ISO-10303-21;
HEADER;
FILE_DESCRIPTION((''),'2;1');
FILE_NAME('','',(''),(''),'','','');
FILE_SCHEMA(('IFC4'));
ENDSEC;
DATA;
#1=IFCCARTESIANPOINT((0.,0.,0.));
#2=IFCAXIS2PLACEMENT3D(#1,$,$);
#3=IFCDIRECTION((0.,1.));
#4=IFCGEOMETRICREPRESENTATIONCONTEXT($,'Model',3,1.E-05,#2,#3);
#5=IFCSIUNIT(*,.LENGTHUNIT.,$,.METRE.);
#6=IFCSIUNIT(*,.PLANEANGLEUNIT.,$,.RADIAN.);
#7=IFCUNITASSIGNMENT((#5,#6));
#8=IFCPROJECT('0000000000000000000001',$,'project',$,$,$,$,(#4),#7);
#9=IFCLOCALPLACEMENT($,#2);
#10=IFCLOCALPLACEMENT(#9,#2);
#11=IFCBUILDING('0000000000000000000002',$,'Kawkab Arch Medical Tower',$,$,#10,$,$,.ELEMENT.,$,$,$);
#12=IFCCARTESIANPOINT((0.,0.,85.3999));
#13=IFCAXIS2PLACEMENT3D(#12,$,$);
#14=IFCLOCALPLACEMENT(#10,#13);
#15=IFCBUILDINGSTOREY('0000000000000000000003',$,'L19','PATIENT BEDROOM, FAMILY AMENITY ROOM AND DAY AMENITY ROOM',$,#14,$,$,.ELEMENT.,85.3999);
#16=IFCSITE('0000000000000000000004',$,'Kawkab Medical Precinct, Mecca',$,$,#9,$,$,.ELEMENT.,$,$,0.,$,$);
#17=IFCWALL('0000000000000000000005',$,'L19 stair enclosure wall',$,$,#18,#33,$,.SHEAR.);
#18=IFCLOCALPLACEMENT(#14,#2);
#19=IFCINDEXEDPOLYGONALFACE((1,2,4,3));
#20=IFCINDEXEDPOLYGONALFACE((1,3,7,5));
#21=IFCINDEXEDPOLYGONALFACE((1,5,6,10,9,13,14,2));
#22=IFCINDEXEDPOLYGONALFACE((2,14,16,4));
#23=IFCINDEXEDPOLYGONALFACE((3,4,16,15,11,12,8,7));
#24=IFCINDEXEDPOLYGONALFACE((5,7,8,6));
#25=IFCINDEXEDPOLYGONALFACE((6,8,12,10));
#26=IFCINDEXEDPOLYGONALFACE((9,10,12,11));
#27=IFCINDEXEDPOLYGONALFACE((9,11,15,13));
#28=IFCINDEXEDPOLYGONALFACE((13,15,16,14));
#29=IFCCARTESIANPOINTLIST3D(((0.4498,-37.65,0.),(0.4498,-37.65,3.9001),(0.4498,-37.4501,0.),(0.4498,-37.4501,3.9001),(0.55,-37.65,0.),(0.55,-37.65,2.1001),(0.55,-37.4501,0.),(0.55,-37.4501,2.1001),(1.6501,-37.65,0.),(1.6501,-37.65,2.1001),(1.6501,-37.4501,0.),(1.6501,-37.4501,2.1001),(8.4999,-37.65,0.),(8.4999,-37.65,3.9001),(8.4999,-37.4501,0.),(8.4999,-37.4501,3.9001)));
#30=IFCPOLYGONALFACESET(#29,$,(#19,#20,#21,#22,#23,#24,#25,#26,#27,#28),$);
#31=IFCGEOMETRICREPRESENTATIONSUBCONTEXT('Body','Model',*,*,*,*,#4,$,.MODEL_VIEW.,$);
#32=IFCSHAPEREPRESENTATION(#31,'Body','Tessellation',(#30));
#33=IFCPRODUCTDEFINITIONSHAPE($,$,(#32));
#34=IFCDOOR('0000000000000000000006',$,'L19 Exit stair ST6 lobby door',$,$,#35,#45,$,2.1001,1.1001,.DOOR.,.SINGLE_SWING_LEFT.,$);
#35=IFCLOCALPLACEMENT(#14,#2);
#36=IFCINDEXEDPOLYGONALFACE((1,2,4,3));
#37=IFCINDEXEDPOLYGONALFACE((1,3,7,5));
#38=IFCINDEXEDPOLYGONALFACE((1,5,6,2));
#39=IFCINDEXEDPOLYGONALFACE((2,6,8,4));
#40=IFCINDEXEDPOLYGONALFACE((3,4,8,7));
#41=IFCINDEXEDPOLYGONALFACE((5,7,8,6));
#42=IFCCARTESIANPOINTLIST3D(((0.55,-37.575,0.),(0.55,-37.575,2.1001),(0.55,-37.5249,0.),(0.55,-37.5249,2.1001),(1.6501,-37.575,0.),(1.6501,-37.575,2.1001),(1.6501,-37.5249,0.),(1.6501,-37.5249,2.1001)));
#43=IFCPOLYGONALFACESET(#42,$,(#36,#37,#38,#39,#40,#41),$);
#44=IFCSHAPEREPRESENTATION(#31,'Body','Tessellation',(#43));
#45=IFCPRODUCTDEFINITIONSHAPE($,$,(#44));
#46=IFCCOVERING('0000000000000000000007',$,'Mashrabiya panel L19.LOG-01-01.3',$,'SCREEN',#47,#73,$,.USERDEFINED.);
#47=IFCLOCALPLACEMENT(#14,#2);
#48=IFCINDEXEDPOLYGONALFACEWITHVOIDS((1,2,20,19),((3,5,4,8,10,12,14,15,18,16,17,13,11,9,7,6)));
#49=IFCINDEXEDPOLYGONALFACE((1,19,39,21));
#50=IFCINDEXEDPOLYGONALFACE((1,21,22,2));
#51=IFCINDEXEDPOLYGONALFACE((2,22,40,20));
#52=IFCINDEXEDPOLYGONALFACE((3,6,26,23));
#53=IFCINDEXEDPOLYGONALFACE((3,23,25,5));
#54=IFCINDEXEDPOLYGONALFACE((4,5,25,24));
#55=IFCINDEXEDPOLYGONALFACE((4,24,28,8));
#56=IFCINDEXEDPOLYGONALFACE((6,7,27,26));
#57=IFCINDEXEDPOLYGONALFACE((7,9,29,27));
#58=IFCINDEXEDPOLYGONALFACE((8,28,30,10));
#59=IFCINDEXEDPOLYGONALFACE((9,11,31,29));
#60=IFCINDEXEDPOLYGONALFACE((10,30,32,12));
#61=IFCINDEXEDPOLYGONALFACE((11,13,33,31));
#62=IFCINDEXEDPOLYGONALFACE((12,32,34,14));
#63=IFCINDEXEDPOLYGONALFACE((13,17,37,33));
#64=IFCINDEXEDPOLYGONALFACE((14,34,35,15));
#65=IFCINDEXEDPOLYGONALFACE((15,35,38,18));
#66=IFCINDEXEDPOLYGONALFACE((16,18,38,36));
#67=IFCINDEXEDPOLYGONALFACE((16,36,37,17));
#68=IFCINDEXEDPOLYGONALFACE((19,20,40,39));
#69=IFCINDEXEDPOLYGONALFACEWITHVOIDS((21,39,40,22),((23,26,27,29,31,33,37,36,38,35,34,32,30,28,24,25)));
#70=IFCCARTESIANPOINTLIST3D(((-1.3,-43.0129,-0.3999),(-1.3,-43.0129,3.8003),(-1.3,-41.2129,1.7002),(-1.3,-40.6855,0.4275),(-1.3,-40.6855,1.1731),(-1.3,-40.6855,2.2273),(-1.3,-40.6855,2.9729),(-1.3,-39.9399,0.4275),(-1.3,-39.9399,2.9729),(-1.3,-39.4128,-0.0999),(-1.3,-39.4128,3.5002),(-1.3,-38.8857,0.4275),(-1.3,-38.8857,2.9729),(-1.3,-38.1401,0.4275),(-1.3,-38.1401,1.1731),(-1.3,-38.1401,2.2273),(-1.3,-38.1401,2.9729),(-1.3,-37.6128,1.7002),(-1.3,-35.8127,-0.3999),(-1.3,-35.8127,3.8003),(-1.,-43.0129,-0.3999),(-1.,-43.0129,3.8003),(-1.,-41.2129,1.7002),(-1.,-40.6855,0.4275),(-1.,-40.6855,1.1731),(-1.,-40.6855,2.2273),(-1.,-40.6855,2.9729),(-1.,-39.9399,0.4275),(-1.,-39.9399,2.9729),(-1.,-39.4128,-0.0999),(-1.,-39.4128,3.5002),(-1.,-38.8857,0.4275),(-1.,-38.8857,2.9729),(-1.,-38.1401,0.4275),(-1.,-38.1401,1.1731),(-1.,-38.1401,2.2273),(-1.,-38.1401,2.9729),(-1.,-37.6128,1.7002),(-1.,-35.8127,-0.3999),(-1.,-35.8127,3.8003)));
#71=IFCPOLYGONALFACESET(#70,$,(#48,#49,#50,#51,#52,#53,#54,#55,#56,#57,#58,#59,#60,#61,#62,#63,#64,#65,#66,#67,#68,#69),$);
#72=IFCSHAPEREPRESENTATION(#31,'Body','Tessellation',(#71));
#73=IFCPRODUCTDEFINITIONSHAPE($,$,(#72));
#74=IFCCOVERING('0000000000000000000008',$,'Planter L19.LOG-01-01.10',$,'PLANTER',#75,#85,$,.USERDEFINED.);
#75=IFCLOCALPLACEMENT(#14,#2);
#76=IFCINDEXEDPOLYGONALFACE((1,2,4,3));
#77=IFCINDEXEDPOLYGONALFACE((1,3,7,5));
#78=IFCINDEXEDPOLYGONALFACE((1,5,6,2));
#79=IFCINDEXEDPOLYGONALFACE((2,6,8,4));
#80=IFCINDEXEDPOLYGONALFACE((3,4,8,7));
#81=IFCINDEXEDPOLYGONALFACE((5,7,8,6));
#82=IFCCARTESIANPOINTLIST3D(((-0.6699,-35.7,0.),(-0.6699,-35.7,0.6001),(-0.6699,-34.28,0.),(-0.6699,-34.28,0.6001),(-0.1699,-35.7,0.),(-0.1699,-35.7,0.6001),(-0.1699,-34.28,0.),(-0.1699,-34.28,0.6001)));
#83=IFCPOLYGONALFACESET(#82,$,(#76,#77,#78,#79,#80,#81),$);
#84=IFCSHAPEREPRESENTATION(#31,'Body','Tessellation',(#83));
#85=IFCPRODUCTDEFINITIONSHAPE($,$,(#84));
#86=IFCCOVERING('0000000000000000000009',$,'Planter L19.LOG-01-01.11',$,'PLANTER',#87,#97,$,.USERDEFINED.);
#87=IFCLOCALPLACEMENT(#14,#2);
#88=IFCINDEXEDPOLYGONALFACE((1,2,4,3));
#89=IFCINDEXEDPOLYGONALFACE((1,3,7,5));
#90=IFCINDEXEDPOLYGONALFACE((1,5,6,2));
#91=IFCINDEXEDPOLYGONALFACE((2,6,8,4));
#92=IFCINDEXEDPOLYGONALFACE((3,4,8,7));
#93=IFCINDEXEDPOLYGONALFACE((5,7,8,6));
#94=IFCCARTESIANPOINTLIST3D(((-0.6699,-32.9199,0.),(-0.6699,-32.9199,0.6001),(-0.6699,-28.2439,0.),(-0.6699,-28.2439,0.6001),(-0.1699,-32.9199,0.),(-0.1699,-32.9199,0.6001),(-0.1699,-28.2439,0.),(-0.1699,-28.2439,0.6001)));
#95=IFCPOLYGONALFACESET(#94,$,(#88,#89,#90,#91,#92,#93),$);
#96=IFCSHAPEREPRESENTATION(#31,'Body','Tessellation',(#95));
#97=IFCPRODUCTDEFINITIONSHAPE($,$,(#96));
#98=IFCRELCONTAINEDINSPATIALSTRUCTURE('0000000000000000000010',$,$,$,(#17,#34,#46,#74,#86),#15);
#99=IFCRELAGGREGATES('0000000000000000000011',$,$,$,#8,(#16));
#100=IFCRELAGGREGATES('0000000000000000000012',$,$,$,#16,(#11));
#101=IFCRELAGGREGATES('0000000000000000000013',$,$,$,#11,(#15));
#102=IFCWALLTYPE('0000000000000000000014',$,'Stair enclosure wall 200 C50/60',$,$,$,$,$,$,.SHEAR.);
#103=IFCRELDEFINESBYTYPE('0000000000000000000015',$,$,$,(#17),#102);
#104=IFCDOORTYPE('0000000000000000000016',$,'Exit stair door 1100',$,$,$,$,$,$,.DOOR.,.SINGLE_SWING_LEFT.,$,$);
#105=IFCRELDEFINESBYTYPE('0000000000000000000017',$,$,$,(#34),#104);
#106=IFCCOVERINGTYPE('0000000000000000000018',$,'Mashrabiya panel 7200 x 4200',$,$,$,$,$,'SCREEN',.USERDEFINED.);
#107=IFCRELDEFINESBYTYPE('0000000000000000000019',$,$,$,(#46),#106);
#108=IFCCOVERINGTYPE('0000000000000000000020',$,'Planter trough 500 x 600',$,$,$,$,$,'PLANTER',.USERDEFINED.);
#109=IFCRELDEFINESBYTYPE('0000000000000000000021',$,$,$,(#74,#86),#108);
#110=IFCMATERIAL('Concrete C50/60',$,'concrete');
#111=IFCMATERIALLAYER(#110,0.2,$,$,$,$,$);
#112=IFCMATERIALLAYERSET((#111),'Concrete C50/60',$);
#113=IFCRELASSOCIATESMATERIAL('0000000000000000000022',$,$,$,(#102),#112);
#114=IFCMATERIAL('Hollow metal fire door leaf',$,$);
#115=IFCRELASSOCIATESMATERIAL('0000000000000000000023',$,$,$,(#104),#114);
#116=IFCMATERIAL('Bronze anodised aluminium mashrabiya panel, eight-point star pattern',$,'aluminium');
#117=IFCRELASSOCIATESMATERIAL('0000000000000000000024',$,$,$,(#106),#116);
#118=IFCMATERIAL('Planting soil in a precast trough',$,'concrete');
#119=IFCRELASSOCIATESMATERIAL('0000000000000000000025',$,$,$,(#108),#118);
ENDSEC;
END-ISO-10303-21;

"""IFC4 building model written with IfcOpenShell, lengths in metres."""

from ifc_helpers import new_model, si_unit, direction, frame, frame_2d, origin, origin_2d, place, context, subcontext, project, spatial, polyline, rectangle, outline, extrude, material, layer, layer_set, material_profile, profile_set, type_object, element, fill, save


model = new_model("IFC4")

# Units and contexts
model_context = context("Model", 3, precision=1e-05, world=origin(), true_north=direction((0.0, 1.0)))
body_context = subcontext(model_context, "Body", "Model", "MODEL_VIEW")
ifc_project = project(units=[si_unit("LENGTHUNIT", "METRE"), si_unit("PLANEANGLEUNIT", "RADIAN")], contexts=[model_context])

# Site, building, storey
site_placement = place(None, origin())
site = spatial("IfcSite", under=ifc_project, at=site_placement, Name="Kawkab Medical Precinct, Mecca", CompositionType="ELEMENT", RefElevation=0.0)
building_placement = place(site_placement, origin())
building = spatial("IfcBuilding", under=site, at=building_placement, Name="Kawkab Arch Medical Tower", CompositionType="ELEMENT")
storey_placement = place(building_placement, frame((0.0, 0.0, 85.3999)))
storey = spatial("IfcBuildingStorey", under=building, at=storey_placement, Name="L19", Description="PATIENT BEDROOM, FAMILY AMENITY ROOM AND DAY AMENITY ROOM", CompositionType="ELEMENT", Elevation=85.3999)

# Wall, opening, door
ifc_material_1 = material(Name="Concrete C50/60", Category="concrete")
ifc_layer_1 = layer(ifc_material_1, 0.2)
ifc_layer_set_1 = layer_set([ifc_layer_1], Name="Concrete C50/60")
wall_type_1 = type_object("IfcWallType", Name="Stair enclosure wall 200 C50/60", PredefinedType="SHEAR", material=ifc_layer_set_1)
ifc_material_2 = material(Name="Hollow metal fire door leaf")
door_type = type_object("IfcDoorType", Name="Exit stair door 1100", OperationType="SINGLE_SWING_LEFT", PredefinedType="DOOR", material=ifc_material_2)
wall_1_placement = place(storey_placement, frame((0.45, -37.55, 0.0), z_axis=(0.0, 0.0, 1.0), x_axis=(1.0, 0.0, 0.0)))
wall_1 = element("IfcWall", 1, at=wall_1_placement, inside=storey, type_object=wall_type_1, Name="L19 stair enclosure wall", PredefinedType="SHEAR", context=body_context, shape_type="SweptSolid", body=[
    extrude(rectangle(XDim=8.05, YDim=0.2, at=frame_2d((4.0249, 0.0))), origin(), (0.0, 0.0, 1.0), 3.9001),
])
opening_1_placement = place(wall_1_placement, frame((0.1001, 0.0, 0.0)))
opening_1 = element("IfcOpeningElement", 2, at=opening_1_placement, cuts=wall_1, PredefinedType="OPENING", context=body_context, shape_type="SweptSolid", body=[
    extrude(rectangle(XDim=1.1001, YDim=2.1001, at=frame_2d((0.55, 1.05))), frame((0.0, 0.1099, 0.0), z_axis=(0.0, -1.0, 0.0), x_axis=(1.0, 0.0, 0.0)), (0.0, 0.0, 1.0), 0.22),
])
door_1_placement = place(opening_1_placement, frame((1.1001, 0.0, 0.0), z_axis=(0.0, 0.0, 1.0), x_axis=(-1.0, 0.0, 0.0)))
door_1 = element("IfcDoor", 3, at=door_1_placement, inside=storey, type_object=door_type, Name="L19 Exit stair ST6 lobby door", OperationType="SINGLE_SWING_LEFT", OverallHeight=2.1001, OverallWidth=1.1001, PredefinedType="DOOR", context=body_context, shape_type="SweptSolid", body=[
    extrude(rectangle(XDim=1.1001, YDim=2.1001, at=frame_2d((0.55, 1.05))), frame((0.0, 0.0249, 0.0), z_axis=(0.0, -1.0, 0.0), x_axis=(1.0, 0.0, 0.0)), (0.0, 0.0, 1.0), 0.05),
])
fill(opening_1, door_1)

# Coverings
ifc_material_3 = material(Name="Bronze anodised aluminium mashrabiya panel, eight-point star pattern", Category="aluminium")
ifc_material_profile_1 = material_profile(ifc_material_3, outline(polyline([(-3.6001, -2.1001), (3.6001, -2.1001), (3.6001, 2.1001), (-3.6001, 2.1001), (-3.6001, -2.1001)]), holes=[polyline([(1.8, 0.0), (1.2727, 0.5271), (1.2727, 1.2727), (0.5271, 1.2727), (0.0, 1.8), (-0.5271, 1.2727), (-1.2727, 1.2727), (-1.2727, 0.5271), (-1.8, 0.0), (-1.2727, -0.5271), (-1.2727, -1.2727), (-0.5271, -1.2727), (0.0, -1.8), (0.5271, -1.2727), (1.2727, -1.2727), (1.2727, -0.5271), (1.8, 0.0)])]), Name="Mashrabiya panel 7200x4200")
ifc_profile_set_1 = profile_set([ifc_material_profile_1], Name="Bronze anodised aluminium mashrabiya panel, eight-point star pattern")
covering_type_1 = type_object("IfcCoveringType", Name="Mashrabiya panel 7200 x 4200", ElementType="SCREEN", PredefinedType="USERDEFINED", material=ifc_profile_set_1)
covering_1_placement = place(storey_placement, frame((-1.0, -39.4128, 1.7002), z_axis=(-1.0, 0.0, 0.0), x_axis=(0.0, -1.0, 0.0)))
element("IfcCovering", 4, at=covering_1_placement, inside=storey, type_object=covering_type_1, Name="Mashrabiya panel L19.LOG-01-01.3", ObjectType="SCREEN", PredefinedType="USERDEFINED", context=body_context, shape_type="SweptSolid", body=[
    extrude(outline(polyline([(-3.6001, -2.1001), (3.6001, -2.1001), (3.6001, 2.1001), (-3.6001, 2.1001), (-3.6001, -2.1001)]), holes=[polyline([(1.8, 0.0), (1.2727, 0.5271), (1.2727, 1.2727), (0.5271, 1.2727), (0.0, 1.8), (-0.5271, 1.2727), (-1.2727, 1.2727), (-1.2727, 0.5271), (-1.8, 0.0), (-1.2727, -0.5271), (-1.2727, -1.2727), (-0.5271, -1.2727), (0.0, -1.8), (0.5271, -1.2727), (1.2727, -1.2727), (1.2727, -0.5271), (1.8, 0.0)])]), origin(), (0.0, 0.0, 1.0), 0.3),
])
ifc_material_4 = material(Name="Planting soil in a precast trough", Category="concrete")
ifc_material_profile_2 = material_profile(ifc_material_4, rectangle(XDim=0.5, YDim=0.6001, at=origin_2d()), Name="Trough 500x600")
ifc_profile_set_2 = profile_set([ifc_material_profile_2], Name="Planting soil in a precast trough")
covering_type_2 = type_object("IfcCoveringType", Name="Planter trough 500 x 600", ElementType="PLANTER", PredefinedType="USERDEFINED", material=ifc_profile_set_2)
covering_2_placement = place(storey_placement, frame((-0.4199, -35.7, 0.3), z_axis=(0.0, 1.0, 0.0), x_axis=(-1.0, 0.0, 0.0)))
element("IfcCovering", 5, at=covering_2_placement, inside=storey, type_object=covering_type_2, Name="Planter L19.LOG-01-01.10", ObjectType="PLANTER", PredefinedType="USERDEFINED", context=body_context, shape_type="SweptSolid", body=[
    extrude(rectangle(XDim=0.5, YDim=0.6001, at=origin_2d()), origin(), (0.0, 0.0, 1.0), 1.4199),
])
covering_3_placement = place(storey_placement, frame((-0.4199, -32.9199, 0.3), z_axis=(0.0, 1.0, 0.0), x_axis=(-1.0, 0.0, 0.0)))
element("IfcCovering", 6, at=covering_3_placement, inside=storey, type_object=covering_type_2, Name="Planter L19.LOG-01-01.11", ObjectType="PLANTER", PredefinedType="USERDEFINED", context=body_context, shape_type="SweptSolid", body=[
    extrude(rectangle(XDim=0.5, YDim=0.6001, at=origin_2d()), origin(), (0.0, 0.0, 1.0), 4.676),
])

save(model, "model.ifc")
